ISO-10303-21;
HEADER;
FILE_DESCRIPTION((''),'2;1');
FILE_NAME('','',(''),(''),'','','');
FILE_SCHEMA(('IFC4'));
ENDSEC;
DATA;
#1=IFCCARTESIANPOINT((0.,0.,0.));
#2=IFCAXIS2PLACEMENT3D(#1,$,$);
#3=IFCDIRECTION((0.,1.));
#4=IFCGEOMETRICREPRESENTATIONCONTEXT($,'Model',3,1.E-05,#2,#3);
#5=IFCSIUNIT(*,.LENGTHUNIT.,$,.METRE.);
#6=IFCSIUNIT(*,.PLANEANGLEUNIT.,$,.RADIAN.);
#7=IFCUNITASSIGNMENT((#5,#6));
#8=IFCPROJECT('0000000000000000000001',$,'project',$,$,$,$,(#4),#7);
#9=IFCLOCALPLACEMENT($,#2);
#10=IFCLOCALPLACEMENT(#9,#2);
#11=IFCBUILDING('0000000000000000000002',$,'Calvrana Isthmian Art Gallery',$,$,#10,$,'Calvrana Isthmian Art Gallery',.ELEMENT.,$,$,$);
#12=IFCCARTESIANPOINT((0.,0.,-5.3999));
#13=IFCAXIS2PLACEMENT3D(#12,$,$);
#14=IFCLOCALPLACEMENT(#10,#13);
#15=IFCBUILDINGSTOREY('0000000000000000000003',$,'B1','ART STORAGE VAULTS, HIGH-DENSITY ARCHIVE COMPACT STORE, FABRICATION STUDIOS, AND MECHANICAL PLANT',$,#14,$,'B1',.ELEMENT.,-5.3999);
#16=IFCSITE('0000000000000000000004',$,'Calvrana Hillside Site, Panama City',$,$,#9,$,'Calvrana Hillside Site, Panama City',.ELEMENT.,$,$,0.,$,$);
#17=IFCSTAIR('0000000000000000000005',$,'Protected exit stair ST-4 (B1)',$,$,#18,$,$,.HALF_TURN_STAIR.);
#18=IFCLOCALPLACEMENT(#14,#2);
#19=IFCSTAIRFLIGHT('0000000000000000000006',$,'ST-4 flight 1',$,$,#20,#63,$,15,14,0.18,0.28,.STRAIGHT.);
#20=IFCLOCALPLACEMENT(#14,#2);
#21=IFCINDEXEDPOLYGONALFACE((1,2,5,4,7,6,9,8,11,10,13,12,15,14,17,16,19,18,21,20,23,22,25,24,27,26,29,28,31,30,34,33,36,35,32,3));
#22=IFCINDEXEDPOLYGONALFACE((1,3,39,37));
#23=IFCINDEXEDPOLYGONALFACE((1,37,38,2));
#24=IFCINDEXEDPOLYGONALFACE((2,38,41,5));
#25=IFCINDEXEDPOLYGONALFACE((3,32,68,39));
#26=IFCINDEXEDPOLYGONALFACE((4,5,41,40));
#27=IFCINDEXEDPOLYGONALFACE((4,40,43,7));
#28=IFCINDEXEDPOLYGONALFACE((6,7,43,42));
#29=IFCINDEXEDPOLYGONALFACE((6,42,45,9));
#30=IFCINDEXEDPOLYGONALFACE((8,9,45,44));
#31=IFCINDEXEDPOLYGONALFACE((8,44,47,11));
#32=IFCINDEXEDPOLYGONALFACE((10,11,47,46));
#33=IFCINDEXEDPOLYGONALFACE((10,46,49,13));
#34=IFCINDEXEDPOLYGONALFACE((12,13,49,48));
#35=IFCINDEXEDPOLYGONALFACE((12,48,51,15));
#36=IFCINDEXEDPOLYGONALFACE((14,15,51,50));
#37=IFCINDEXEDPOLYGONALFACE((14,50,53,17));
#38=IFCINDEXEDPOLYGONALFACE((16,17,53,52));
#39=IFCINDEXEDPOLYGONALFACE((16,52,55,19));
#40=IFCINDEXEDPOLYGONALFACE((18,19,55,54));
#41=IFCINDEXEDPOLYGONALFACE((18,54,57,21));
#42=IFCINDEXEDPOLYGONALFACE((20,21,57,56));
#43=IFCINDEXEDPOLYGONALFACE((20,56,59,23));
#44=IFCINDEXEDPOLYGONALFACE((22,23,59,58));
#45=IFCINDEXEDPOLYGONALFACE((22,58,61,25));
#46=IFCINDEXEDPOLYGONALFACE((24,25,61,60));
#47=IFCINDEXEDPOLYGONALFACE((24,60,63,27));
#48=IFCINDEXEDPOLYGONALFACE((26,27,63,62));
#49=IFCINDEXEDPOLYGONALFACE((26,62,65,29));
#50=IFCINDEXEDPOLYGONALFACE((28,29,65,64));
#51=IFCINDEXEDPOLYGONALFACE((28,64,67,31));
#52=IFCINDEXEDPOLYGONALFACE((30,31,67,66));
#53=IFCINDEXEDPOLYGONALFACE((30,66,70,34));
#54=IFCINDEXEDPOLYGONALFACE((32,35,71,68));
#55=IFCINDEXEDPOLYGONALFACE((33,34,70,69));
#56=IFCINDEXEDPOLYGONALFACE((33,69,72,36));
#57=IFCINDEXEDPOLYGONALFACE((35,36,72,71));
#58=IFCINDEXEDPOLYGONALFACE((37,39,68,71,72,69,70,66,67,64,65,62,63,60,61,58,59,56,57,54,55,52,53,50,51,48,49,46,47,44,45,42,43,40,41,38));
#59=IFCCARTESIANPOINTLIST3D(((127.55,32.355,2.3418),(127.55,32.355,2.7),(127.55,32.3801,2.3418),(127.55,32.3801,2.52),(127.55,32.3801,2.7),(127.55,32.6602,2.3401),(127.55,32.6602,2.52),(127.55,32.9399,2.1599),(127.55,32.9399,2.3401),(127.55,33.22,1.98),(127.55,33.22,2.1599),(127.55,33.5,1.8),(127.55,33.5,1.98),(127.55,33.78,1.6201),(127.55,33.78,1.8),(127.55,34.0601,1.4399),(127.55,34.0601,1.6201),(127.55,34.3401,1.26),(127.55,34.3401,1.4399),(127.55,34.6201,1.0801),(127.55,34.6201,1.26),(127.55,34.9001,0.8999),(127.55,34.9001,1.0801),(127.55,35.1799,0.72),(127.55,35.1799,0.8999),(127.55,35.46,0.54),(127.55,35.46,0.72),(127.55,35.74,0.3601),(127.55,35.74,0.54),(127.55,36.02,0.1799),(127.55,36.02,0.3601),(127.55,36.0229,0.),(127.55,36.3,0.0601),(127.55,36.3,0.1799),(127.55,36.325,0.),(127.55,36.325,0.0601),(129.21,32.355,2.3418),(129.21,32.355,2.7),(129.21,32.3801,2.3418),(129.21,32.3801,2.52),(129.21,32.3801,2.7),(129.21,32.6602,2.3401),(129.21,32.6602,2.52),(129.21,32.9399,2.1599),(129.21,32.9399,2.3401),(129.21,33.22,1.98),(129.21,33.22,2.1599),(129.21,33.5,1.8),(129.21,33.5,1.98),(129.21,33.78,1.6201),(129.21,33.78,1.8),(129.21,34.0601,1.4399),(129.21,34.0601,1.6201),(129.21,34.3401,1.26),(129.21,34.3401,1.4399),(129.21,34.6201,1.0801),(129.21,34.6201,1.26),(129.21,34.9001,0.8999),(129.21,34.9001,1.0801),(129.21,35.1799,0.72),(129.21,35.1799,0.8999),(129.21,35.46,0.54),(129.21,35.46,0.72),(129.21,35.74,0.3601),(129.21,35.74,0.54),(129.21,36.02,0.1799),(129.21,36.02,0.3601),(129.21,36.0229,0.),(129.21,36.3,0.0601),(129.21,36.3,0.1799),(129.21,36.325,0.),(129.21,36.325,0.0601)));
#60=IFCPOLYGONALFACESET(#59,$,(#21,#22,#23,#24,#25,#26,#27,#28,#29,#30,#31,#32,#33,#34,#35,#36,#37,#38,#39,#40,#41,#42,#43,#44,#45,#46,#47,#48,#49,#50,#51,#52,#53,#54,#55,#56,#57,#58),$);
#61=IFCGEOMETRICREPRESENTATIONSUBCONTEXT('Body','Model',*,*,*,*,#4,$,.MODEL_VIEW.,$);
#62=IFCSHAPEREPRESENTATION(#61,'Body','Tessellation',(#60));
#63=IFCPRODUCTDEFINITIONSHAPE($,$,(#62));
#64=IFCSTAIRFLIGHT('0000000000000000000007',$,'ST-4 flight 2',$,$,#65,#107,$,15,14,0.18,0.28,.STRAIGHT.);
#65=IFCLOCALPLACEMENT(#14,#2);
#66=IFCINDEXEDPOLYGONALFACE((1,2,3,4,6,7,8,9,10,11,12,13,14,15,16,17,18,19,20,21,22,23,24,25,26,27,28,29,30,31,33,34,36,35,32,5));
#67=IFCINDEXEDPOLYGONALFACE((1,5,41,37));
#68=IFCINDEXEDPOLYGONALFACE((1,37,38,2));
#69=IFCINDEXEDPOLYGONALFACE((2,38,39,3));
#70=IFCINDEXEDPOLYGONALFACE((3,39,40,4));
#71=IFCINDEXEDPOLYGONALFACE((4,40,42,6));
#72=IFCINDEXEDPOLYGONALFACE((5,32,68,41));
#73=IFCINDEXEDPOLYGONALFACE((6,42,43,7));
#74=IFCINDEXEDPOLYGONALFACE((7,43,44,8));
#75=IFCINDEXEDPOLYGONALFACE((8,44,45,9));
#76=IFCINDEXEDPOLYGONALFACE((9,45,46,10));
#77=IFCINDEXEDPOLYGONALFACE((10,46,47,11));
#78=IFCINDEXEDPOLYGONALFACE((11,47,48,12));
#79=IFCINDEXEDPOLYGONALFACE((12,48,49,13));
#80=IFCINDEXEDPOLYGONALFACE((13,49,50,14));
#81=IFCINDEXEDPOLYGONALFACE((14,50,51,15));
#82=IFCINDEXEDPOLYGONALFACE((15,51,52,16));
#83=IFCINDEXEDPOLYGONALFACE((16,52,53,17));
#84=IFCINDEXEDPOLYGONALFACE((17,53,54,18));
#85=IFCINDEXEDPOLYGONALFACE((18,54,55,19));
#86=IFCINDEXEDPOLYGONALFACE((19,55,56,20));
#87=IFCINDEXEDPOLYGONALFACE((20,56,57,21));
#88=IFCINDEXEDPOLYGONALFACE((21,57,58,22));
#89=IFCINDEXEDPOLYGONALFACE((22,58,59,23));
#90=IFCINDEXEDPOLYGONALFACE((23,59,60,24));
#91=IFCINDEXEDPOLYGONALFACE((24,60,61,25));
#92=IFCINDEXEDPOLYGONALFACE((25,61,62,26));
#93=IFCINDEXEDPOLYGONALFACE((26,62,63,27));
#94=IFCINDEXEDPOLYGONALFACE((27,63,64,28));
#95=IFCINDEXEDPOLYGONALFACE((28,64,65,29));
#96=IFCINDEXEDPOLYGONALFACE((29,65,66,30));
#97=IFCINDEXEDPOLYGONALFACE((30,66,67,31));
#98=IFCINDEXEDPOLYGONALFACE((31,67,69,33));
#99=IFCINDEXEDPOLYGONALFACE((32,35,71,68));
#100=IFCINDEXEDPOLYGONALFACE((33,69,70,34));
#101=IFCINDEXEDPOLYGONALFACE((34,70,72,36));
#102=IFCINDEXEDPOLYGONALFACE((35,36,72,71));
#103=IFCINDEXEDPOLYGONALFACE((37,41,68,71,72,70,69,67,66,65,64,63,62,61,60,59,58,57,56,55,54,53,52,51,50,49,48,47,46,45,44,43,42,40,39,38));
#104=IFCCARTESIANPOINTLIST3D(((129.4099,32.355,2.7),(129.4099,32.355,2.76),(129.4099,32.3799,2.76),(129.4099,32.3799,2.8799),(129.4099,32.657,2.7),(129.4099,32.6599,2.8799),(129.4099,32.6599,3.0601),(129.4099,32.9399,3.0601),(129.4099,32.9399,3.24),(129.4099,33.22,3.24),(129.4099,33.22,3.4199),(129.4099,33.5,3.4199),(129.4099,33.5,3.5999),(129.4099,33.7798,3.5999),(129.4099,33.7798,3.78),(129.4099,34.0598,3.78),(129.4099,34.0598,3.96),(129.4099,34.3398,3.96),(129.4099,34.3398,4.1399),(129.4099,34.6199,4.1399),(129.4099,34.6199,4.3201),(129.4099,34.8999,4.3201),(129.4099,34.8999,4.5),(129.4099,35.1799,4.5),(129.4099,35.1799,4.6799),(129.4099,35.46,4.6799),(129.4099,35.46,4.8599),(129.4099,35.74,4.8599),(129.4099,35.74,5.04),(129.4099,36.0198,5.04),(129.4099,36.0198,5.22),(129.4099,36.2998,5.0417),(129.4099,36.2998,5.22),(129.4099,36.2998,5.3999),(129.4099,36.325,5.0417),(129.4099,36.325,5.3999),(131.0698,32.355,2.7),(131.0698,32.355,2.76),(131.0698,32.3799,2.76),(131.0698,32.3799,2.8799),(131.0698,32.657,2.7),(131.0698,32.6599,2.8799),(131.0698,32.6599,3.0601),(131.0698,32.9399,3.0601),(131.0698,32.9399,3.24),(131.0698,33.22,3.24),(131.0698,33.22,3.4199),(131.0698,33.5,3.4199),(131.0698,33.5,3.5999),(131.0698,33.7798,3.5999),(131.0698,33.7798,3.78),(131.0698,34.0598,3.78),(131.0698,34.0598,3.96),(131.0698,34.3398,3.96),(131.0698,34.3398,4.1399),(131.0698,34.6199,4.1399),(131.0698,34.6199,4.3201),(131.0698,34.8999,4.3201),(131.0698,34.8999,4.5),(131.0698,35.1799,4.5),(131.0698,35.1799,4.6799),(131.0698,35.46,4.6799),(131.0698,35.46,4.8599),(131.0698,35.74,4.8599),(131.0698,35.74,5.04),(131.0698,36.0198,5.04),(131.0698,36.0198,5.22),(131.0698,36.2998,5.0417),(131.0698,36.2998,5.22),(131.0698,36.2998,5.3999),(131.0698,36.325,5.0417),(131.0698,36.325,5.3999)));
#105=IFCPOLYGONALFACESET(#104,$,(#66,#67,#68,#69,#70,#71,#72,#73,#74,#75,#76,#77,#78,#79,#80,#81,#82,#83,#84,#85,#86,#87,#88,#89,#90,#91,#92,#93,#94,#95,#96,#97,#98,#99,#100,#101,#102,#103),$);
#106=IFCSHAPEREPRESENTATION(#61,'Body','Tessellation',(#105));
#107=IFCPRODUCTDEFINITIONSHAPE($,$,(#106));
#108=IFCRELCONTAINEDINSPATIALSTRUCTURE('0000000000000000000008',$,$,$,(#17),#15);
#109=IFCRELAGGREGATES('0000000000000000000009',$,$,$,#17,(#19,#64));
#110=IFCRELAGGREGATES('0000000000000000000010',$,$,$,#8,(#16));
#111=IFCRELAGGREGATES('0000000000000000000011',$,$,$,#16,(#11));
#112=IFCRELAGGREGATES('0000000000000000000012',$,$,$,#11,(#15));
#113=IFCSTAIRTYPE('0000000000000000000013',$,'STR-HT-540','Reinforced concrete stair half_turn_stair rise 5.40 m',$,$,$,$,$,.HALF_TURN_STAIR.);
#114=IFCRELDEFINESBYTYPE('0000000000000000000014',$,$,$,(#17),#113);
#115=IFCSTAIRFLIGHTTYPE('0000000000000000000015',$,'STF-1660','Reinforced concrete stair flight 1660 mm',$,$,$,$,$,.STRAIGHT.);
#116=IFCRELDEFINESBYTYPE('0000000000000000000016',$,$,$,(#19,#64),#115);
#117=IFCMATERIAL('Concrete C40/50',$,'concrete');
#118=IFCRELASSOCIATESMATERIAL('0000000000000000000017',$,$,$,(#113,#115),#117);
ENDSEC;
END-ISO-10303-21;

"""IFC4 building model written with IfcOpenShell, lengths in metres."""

from ifc_helpers import new_model, si_unit, direction, frame, origin, place, context, subcontext, project, spatial, polyline, outline, extrude, material, type_object, element, aggregate, save


model = new_model("IFC4")

# Units and contexts
model_context = context("Model", 3, precision=1e-05, world=origin(), true_north=direction((0.0, 1.0)))
body_context = subcontext(model_context, "Body", "Model", "MODEL_VIEW")
ifc_project = project(units=[si_unit("LENGTHUNIT", "METRE"), si_unit("PLANEANGLEUNIT", "RADIAN")], contexts=[model_context])

# Site, building, storey
site_placement = place(None, origin())
site = spatial("IfcSite", under=ifc_project, at=site_placement, Name="Calvrana Hillside Site, Panama City", LongName="Calvrana Hillside Site, Panama City", CompositionType="ELEMENT", RefElevation=0.0)
building_placement = place(site_placement, origin())
building = spatial("IfcBuilding", under=site, at=building_placement, Name="Calvrana Isthmian Art Gallery", LongName="Calvrana Isthmian Art Gallery", CompositionType="ELEMENT")
storey_placement = place(building_placement, frame((0.0, 0.0, -5.3999)))
storey = spatial("IfcBuildingStorey", under=building, at=storey_placement, Name="B1", Description="ART STORAGE VAULTS, HIGH-DENSITY ARCHIVE COMPACT STORE, FABRICATION STUDIOS, AND MECHANICAL PLANT", LongName="B1", CompositionType="ELEMENT", Elevation=-5.3999)

# Shared definitions
ifc_material_1 = material(Name="Concrete C40/50", Category="concrete")

# Stair, stair flights
stair_type = type_object("IfcStairType", Name="STR-HT-540", Description="Reinforced concrete stair half_turn_stair rise 5.40 m", PredefinedType="HALF_TURN_STAIR", material=ifc_material_1)
stair_placement = place(storey_placement, origin())
stair = element("IfcStair", 1, at=stair_placement, inside=storey, type_object=stair_type, Name="Protected exit stair ST-4 (B1)", PredefinedType="HALF_TURN_STAIR")
stair_flight_type = type_object("IfcStairFlightType", Name="STF-1660", Description="Reinforced concrete stair flight 1660 mm", PredefinedType="STRAIGHT", material=ifc_material_1)
stair_flight_1_placement = place(storey_placement, frame((128.3799, 36.3, 0.0), z_axis=(0.0, 0.0, 1.0), x_axis=(0.0, -1.0, 0.0)))
stair_flight_1 = element("IfcStairFlight", 2, at=stair_flight_1_placement, type_object=stair_flight_type, Name="ST-4 flight 1", NumberOfRisers=15, NumberOfTreads=14, PredefinedType="STRAIGHT", RiserHeight=0.18, TreadLength=0.28, context=body_context, shape_type="SweptSolid", body=[
    extrude(outline(polyline([(-0.0249, 0.0), (-0.0249, 0.0601), (0.0, 0.0601), (0.0, 0.1799), (0.28, 0.1799), (0.28, 0.3601), (0.5601, 0.3601), (0.5601, 0.54), (0.8401, 0.54), (0.8401, 0.72), (1.1201, 0.72), (1.1201, 0.8999), (1.3999, 0.8999), (1.3999, 1.0801), (1.6799, 1.0801), (1.6799, 1.26), (1.96, 1.26), (1.96, 1.4399), (2.24, 1.4399), (2.24, 1.6201), (2.52, 1.6201), (2.52, 1.8), (2.8, 1.8), (2.8, 1.98), (3.0801, 1.98), (3.0801, 2.1599), (3.3601, 2.1599), (3.3601, 2.3401), (3.6399, 2.3401), (3.6399, 2.52), (3.9199, 2.52), (3.9199, 2.7), (3.9451, 2.7), (3.9451, 2.3418), (3.9199, 2.3418), (0.2771, 0.0), (-0.0249, 0.0)])), frame((0.0, 0.8301, 0.0), z_axis=(0.0, -1.0, 0.0), x_axis=(1.0, 0.0, 0.0)), (0.0, 0.0, 1.0), 1.6599),
])
stair_flight_2_placement = place(storey_placement, frame((130.24, 32.3799, 2.7), z_axis=(0.0, 0.0, 1.0), x_axis=(0.0, 1.0, 0.0)))
stair_flight_2 = element("IfcStairFlight", 3, at=stair_flight_2_placement, type_object=stair_flight_type, Name="ST-4 flight 2", NumberOfRisers=15, NumberOfTreads=14, PredefinedType="STRAIGHT", RiserHeight=0.18, TreadLength=0.28, context=body_context, shape_type="SweptSolid", body=[
    extrude(outline(polyline([(-0.0249, 0.0), (-0.0249, 0.0601), (0.0, 0.0601), (0.0, 0.1799), (0.28, 0.1799), (0.28, 0.3601), (0.5601, 0.3601), (0.5601, 0.54), (0.8401, 0.54), (0.8401, 0.72), (1.1201, 0.72), (1.1201, 0.8999), (1.3999, 0.8999), (1.3999, 1.0801), (1.6799, 1.0801), (1.6799, 1.26), (1.96, 1.26), (1.96, 1.4399), (2.24, 1.4399), (2.24, 1.6201), (2.52, 1.6201), (2.52, 1.8), (2.8, 1.8), (2.8, 1.98), (3.0801, 1.98), (3.0801, 2.1599), (3.3601, 2.1599), (3.3601, 2.3401), (3.6399, 2.3401), (3.6399, 2.52), (3.9199, 2.52), (3.9199, 2.7), (3.9451, 2.7), (3.9451, 2.3418), (3.9199, 2.3418), (0.2771, 0.0), (-0.0249, 0.0)])), frame((0.0, 0.8301, 0.0), z_axis=(0.0, -1.0, 0.0), x_axis=(1.0, 0.0, 0.0)), (0.0, 0.0, 1.0), 1.6599),
])
aggregate(stair, [stair_flight_1, stair_flight_2])

save(model, "model.ifc")
